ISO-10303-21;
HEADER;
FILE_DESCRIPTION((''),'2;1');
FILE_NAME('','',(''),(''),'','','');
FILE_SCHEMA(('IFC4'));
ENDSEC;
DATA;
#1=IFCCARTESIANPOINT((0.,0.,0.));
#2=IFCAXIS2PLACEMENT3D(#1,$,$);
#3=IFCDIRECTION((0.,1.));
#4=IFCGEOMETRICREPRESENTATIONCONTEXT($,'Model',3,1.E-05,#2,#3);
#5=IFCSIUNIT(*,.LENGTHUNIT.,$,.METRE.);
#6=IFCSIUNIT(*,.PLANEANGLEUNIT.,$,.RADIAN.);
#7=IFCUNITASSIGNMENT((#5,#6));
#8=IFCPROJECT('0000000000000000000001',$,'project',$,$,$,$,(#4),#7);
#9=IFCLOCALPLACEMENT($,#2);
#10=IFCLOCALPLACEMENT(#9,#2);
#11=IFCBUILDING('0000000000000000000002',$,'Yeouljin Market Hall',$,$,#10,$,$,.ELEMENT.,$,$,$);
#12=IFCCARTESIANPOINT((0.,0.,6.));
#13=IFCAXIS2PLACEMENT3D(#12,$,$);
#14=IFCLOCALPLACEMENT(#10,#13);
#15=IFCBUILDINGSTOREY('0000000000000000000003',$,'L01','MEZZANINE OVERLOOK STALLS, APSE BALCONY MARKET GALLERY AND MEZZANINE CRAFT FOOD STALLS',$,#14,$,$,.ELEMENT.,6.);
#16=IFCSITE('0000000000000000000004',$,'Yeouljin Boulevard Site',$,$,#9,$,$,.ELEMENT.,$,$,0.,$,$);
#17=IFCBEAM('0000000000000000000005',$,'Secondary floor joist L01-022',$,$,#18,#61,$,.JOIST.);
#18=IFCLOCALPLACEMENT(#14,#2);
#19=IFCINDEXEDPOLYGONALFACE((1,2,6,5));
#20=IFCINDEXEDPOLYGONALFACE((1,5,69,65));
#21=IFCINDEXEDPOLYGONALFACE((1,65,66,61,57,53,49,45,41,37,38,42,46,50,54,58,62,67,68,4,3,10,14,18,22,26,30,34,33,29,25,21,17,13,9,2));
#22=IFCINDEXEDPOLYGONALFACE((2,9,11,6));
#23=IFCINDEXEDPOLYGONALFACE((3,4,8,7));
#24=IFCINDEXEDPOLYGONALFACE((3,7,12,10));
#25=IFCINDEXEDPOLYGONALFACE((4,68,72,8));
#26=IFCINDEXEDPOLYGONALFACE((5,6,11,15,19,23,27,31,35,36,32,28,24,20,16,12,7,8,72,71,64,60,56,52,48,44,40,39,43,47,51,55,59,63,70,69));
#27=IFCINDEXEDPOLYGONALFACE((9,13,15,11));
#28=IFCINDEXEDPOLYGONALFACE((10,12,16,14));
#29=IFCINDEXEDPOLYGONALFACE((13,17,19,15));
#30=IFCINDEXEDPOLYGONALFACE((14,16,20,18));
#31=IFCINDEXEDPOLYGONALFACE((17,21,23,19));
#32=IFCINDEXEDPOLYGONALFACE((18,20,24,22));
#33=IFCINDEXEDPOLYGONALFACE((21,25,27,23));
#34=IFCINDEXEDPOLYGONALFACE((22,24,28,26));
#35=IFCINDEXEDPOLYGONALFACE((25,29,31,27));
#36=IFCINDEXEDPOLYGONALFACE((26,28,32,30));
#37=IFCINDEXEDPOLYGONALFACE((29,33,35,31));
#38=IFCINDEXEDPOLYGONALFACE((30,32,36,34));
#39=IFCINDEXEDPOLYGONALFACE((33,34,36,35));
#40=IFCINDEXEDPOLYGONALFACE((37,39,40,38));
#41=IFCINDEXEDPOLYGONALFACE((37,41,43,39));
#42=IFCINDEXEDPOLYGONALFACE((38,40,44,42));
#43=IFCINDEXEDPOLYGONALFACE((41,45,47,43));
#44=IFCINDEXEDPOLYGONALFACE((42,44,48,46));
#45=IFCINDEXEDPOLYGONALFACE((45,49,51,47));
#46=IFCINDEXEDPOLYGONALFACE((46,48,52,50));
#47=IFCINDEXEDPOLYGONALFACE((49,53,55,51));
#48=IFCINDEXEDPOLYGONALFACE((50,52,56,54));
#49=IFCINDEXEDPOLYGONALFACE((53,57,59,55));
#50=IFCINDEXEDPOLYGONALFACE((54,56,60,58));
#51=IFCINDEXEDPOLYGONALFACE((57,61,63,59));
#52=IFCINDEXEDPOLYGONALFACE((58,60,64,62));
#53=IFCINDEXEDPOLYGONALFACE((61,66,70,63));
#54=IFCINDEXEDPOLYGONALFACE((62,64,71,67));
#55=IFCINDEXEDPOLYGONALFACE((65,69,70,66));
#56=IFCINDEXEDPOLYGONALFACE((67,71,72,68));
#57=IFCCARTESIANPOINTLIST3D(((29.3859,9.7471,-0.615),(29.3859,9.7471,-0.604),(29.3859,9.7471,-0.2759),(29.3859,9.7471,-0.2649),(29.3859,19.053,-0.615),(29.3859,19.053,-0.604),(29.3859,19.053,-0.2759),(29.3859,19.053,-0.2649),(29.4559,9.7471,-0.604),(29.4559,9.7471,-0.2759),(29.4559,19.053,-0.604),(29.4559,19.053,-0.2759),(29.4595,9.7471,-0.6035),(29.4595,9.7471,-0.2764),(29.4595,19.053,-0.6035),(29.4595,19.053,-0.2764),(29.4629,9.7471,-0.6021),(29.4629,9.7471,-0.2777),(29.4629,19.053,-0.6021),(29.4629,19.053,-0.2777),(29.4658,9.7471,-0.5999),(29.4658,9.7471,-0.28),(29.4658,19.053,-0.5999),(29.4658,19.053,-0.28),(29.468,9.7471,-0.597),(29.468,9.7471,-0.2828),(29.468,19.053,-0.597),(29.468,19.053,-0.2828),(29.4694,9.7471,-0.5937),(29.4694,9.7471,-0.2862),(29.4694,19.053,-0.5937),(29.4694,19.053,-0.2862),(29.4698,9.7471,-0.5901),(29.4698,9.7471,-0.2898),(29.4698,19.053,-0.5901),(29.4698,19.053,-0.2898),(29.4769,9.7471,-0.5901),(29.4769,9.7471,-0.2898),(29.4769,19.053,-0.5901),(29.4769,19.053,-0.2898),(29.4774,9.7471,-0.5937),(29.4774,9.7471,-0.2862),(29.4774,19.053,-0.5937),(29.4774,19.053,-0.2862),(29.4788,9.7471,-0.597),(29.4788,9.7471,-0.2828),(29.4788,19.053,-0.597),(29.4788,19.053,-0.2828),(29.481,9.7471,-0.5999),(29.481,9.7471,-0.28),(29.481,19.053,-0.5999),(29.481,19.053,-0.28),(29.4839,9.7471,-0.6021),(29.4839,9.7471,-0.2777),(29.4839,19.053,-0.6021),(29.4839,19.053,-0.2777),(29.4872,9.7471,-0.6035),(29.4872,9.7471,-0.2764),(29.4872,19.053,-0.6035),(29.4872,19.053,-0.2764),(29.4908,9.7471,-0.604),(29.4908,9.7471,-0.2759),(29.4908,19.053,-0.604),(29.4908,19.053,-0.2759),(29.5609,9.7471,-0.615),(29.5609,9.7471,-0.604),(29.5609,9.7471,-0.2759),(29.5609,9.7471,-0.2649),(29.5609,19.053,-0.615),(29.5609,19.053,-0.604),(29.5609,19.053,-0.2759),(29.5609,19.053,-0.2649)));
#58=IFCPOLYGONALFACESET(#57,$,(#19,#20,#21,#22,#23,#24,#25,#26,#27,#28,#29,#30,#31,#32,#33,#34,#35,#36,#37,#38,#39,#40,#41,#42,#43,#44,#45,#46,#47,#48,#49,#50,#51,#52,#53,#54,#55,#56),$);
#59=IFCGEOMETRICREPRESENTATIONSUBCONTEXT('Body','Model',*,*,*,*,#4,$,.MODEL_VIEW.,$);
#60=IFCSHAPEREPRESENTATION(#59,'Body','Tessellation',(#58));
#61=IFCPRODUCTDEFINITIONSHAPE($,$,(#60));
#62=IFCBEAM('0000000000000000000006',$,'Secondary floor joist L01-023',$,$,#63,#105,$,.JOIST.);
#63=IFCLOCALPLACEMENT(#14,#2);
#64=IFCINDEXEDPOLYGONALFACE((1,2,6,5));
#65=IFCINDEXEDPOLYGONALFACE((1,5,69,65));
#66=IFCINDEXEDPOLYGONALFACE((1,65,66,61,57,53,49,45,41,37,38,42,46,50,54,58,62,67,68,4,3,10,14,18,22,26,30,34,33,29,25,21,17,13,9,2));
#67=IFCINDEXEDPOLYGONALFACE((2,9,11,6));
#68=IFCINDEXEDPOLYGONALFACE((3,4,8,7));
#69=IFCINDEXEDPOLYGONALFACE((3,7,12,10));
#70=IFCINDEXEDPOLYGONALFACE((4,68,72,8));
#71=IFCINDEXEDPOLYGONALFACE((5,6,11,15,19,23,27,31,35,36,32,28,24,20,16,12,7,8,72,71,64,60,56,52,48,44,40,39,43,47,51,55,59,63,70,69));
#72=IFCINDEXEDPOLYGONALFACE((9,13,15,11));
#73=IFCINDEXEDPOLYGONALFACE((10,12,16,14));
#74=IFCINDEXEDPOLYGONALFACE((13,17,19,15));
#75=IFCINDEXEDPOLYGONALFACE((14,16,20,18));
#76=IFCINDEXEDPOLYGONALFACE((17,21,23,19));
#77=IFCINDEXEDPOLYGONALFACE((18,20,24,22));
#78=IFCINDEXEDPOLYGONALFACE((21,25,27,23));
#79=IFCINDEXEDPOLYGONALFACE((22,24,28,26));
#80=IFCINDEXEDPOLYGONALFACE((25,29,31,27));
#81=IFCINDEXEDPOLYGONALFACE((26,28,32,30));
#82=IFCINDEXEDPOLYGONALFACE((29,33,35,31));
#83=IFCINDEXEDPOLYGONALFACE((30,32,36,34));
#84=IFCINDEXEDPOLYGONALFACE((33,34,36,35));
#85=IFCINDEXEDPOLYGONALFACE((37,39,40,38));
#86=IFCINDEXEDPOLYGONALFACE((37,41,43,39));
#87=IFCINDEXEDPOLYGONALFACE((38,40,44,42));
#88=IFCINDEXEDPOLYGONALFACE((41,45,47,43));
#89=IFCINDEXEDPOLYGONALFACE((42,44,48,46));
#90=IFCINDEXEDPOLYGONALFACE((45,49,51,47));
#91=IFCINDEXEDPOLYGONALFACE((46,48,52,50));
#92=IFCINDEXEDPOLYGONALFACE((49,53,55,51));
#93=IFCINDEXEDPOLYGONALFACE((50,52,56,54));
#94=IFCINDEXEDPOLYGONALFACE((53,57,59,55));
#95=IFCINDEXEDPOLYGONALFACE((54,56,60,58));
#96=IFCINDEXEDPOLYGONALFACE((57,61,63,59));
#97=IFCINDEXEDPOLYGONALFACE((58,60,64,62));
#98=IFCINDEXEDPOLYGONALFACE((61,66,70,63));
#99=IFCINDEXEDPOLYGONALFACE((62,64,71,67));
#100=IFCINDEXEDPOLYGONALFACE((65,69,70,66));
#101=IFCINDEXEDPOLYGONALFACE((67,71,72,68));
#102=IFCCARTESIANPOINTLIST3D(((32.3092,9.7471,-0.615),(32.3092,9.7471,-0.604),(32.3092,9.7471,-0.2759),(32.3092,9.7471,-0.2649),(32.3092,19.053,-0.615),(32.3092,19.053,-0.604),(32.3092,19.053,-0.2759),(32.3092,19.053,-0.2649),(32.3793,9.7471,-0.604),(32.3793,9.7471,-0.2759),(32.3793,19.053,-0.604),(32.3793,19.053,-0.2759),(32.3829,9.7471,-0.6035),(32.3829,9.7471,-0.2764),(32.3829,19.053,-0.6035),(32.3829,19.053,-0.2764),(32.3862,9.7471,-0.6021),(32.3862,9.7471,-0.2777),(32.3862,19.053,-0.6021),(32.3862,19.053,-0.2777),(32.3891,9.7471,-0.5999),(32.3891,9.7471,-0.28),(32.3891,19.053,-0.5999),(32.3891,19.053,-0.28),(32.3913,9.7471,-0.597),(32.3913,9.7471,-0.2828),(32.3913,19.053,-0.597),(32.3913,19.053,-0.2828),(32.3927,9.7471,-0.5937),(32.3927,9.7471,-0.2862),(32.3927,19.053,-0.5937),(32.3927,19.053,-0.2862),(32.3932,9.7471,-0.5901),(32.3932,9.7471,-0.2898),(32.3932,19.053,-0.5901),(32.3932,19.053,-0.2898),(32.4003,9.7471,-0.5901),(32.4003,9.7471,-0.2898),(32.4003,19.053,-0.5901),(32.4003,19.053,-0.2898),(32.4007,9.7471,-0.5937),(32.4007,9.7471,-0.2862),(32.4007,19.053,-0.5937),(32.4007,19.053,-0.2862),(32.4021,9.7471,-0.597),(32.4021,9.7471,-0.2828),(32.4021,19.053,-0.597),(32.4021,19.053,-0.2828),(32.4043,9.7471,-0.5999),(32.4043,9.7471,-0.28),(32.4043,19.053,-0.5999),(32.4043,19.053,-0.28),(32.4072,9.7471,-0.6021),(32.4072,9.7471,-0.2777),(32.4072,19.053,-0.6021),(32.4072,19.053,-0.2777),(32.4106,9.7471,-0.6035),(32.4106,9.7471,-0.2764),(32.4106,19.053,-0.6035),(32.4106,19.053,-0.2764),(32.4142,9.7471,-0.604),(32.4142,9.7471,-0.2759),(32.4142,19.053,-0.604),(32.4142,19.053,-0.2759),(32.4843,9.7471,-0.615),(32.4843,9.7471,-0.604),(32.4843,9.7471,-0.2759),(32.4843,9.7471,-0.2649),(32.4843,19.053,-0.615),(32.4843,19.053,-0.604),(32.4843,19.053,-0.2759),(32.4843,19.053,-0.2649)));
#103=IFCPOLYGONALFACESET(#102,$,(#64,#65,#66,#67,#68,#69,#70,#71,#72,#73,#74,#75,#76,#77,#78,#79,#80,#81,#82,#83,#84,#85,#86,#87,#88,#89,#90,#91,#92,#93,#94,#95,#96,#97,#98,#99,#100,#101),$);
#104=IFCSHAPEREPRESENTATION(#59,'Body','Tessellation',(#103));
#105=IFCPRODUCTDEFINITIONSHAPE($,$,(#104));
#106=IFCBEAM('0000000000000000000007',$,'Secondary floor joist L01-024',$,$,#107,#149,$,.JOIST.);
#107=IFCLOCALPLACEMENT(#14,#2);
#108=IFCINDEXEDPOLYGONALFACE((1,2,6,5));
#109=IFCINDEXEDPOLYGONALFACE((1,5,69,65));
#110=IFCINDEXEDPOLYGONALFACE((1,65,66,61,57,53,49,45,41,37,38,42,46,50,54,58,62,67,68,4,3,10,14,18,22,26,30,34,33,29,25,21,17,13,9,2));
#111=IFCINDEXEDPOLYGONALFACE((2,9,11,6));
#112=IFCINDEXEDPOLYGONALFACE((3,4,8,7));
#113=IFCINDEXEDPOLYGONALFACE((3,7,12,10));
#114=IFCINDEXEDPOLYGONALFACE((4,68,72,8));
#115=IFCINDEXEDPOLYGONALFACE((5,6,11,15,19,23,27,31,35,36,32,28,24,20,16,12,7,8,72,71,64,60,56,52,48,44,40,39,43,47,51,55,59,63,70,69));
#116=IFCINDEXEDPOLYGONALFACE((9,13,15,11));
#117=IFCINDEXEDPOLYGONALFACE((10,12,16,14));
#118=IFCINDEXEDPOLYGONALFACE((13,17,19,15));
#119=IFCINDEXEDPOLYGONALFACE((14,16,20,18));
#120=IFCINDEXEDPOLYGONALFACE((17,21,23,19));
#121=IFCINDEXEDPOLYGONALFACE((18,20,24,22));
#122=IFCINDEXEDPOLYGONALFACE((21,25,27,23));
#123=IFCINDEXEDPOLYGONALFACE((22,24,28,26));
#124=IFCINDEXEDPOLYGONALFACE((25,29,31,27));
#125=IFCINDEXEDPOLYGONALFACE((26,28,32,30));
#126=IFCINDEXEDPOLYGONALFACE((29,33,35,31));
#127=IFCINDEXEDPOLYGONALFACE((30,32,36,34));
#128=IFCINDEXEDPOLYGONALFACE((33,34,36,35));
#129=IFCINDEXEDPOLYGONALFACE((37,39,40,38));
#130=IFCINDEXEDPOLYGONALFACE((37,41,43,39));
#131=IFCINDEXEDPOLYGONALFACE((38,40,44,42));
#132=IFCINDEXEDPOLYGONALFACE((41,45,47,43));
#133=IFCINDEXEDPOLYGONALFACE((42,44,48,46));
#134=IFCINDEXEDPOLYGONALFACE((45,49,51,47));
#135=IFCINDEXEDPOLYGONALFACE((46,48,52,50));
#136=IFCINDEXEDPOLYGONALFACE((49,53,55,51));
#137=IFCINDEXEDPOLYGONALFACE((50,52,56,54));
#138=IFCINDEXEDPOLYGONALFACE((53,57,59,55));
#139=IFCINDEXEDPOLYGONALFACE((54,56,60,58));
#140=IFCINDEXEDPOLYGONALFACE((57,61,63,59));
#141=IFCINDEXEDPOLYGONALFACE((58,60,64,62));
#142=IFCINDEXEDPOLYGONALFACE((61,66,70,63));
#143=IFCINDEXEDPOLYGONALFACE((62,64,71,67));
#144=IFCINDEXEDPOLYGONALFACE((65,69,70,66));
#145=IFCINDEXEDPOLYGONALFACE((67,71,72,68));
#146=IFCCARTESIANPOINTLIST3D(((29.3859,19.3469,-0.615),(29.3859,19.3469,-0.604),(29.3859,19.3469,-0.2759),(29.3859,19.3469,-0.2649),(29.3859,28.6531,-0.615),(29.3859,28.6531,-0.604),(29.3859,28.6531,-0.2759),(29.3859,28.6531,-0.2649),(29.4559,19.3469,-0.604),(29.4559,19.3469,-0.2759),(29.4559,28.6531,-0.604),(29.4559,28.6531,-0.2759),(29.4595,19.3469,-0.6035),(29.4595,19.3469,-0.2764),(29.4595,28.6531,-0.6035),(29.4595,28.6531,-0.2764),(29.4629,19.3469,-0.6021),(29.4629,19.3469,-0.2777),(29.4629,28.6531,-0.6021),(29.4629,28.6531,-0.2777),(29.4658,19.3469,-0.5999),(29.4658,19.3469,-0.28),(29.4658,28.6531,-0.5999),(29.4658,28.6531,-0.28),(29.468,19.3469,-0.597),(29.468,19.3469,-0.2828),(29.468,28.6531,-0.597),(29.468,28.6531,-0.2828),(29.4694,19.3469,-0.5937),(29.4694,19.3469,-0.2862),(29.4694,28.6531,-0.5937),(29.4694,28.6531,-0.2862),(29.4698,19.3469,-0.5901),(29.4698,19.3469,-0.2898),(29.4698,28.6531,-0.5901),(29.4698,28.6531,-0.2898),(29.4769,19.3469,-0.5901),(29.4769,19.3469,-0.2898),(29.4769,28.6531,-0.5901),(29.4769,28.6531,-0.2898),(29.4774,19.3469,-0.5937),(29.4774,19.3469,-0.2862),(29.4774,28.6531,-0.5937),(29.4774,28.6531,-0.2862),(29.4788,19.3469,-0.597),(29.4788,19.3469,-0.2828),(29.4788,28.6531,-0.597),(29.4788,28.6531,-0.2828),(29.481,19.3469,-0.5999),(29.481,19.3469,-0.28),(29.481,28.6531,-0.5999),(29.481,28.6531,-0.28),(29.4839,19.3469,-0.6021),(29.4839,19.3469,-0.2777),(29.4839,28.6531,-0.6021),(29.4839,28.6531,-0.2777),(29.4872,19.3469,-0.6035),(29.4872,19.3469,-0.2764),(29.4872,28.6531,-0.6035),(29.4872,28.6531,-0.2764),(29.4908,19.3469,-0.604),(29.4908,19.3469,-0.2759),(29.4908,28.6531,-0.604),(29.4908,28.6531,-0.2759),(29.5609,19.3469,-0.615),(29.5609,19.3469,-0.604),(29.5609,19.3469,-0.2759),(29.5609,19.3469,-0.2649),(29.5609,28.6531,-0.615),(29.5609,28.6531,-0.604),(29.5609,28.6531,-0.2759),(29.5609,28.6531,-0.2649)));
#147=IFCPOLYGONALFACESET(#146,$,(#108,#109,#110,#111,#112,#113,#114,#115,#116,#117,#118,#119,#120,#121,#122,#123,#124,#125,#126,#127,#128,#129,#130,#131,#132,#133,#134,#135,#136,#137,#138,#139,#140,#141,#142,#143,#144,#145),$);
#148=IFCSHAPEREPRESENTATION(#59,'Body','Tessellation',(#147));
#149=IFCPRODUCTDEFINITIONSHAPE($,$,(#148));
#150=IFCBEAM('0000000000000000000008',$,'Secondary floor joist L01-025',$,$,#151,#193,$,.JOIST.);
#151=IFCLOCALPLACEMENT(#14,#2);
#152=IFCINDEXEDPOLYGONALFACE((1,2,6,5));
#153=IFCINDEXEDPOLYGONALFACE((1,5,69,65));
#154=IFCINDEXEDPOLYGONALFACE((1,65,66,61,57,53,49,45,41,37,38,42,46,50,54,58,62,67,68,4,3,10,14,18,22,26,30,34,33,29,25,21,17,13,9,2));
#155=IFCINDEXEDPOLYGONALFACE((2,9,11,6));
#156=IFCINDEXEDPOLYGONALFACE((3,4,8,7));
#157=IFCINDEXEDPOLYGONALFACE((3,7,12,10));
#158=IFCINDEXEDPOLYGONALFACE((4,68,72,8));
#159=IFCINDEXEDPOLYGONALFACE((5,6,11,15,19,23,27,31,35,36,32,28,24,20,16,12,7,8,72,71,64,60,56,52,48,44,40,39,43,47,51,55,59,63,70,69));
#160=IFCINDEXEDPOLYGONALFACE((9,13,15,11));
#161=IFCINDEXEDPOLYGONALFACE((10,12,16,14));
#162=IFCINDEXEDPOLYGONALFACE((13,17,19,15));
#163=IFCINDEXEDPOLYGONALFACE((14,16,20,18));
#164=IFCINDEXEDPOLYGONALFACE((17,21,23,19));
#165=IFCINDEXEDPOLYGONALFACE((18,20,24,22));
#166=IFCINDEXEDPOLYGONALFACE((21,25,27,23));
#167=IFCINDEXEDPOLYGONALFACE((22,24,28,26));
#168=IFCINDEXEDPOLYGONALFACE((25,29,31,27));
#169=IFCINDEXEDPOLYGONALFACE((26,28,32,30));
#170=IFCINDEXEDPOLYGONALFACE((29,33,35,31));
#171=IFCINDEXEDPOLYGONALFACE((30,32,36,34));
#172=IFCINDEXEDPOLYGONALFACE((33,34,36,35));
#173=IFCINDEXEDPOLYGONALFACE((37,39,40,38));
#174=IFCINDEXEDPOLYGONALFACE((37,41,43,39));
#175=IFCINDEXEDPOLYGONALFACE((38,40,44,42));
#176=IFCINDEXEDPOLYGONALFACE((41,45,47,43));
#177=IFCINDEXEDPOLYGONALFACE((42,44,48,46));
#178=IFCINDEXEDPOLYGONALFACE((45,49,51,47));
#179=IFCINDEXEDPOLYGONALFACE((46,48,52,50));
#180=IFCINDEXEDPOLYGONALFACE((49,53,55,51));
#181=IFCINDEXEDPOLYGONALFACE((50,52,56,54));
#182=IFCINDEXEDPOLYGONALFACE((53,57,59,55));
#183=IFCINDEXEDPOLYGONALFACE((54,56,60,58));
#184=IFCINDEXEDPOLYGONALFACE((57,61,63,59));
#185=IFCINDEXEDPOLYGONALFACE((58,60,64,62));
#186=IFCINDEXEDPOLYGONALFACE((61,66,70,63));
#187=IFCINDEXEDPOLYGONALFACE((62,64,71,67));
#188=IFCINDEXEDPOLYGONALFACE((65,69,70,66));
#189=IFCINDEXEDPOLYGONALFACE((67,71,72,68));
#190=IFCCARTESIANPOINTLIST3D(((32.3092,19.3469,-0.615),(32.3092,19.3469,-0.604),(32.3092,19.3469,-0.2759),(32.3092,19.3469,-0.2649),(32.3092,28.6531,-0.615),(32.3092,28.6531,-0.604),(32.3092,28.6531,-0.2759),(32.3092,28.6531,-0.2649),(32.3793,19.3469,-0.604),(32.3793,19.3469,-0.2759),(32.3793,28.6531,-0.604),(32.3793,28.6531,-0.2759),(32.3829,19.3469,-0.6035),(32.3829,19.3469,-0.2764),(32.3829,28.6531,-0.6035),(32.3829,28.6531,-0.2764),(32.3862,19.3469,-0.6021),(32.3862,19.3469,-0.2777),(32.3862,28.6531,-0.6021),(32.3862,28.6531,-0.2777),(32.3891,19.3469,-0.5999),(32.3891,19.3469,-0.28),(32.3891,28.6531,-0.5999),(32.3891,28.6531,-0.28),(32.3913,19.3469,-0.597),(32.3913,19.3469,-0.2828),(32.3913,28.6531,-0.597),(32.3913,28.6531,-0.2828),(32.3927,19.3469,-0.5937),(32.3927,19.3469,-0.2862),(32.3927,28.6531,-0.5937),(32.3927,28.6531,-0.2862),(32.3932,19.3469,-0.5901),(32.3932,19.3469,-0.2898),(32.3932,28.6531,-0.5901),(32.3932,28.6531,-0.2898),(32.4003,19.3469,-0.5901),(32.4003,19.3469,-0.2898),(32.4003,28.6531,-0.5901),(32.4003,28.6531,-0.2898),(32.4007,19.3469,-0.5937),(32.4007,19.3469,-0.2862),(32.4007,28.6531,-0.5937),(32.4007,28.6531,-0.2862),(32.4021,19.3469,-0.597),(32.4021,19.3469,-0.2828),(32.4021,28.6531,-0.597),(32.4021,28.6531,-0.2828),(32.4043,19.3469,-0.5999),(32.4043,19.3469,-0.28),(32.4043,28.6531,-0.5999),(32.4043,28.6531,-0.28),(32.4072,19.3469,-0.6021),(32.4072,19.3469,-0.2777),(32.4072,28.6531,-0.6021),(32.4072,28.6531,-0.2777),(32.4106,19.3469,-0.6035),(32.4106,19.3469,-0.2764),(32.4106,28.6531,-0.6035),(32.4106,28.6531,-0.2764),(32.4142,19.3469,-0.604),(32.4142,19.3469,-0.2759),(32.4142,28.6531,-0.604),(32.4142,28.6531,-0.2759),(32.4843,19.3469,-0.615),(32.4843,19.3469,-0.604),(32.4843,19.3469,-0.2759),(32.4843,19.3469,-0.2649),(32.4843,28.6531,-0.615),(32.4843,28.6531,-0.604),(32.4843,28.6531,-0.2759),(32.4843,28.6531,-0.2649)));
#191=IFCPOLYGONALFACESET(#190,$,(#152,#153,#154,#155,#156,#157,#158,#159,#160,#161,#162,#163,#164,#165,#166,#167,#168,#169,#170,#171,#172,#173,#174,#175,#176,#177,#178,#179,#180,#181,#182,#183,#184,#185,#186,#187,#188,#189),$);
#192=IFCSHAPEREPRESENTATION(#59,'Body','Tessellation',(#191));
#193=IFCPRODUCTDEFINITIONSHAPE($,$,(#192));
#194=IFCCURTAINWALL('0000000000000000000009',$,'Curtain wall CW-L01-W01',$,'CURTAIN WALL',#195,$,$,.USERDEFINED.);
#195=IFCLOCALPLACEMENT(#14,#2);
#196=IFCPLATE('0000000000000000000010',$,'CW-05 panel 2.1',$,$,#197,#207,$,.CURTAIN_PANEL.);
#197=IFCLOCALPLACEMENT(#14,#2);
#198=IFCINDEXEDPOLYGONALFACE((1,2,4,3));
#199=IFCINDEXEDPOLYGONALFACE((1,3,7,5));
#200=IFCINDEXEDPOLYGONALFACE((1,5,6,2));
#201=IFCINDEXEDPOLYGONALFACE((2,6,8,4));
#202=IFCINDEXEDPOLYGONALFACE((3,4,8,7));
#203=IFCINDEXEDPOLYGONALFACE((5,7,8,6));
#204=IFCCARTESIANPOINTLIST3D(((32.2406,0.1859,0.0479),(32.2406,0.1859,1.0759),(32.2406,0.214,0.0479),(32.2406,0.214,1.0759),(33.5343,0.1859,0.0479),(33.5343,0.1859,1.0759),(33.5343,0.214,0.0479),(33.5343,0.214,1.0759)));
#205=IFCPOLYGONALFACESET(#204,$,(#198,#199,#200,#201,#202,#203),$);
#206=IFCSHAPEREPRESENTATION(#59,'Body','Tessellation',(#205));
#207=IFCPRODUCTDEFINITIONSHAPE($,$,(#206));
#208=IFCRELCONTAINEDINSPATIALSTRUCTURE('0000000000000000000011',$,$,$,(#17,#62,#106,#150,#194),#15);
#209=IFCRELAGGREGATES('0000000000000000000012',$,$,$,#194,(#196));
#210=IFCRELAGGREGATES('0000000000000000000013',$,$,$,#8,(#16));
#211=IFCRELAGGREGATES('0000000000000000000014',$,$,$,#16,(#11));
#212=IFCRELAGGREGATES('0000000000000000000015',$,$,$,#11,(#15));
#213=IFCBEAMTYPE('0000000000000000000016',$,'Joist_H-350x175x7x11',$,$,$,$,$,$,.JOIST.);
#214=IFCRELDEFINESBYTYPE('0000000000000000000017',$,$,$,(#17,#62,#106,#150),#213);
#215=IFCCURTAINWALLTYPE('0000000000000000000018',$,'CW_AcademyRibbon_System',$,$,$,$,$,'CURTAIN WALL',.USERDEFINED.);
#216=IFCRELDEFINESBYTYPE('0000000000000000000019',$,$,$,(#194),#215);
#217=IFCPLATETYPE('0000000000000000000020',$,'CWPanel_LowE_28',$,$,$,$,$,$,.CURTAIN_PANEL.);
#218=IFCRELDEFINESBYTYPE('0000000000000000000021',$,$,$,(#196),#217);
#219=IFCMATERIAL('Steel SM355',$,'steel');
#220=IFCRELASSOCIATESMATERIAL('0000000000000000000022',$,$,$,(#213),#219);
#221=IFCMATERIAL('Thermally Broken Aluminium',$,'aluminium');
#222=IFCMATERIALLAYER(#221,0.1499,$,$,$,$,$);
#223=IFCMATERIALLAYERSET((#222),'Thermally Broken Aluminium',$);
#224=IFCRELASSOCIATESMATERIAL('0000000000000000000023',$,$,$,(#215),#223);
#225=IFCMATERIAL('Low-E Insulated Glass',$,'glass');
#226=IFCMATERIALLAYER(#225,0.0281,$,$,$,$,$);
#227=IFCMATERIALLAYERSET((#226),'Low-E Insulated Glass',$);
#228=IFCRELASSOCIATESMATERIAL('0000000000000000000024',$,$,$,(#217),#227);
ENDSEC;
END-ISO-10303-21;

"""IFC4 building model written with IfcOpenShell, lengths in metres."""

from ifc_helpers import new_model, si_unit, direction, frame, origin, origin_2d, place, context, subcontext, project, spatial, rectangle, i_section, extrude, material, layer, layer_set, material_profile, profile_set, type_object, element, aggregate, save


model = new_model("IFC4")

# Units and contexts
model_context = context("Model", 3, precision=1e-05, world=origin(), true_north=direction((0.0, 1.0)))
body_context = subcontext(model_context, "Body", "Model", "MODEL_VIEW")
ifc_project = project(units=[si_unit("LENGTHUNIT", "METRE"), si_unit("PLANEANGLEUNIT", "RADIAN")], contexts=[model_context])

# Site, building, storey
site_placement = place(None, origin())
site = spatial("IfcSite", under=ifc_project, at=site_placement, Name="Yeouljin Boulevard Site", CompositionType="ELEMENT", RefElevation=0.0)
building_placement = place(site_placement, origin())
building = spatial("IfcBuilding", under=site, at=building_placement, Name="Yeouljin Market Hall", CompositionType="ELEMENT")
storey_placement = place(building_placement, frame((0.0, 0.0, 6.0)))
storey = spatial("IfcBuildingStorey", under=building, at=storey_placement, Name="L01", Description="MEZZANINE OVERLOOK STALLS, APSE BALCONY MARKET GALLERY AND MEZZANINE CRAFT FOOD STALLS", CompositionType="ELEMENT", Elevation=6.0)

# Beams
ifc_material_1 = material(Name="Steel SM355", Category="steel")
ifc_material_profile_1 = material_profile(ifc_material_1, i_section(OverallWidth=0.175, OverallDepth=0.3501, WebThickness=0.0071, FlangeThickness=0.011, FilletRadius=0.0139, at=origin_2d()), Name="H-350x175x7x11")
ifc_profile_set_1 = profile_set([ifc_material_profile_1], Name="Steel SM355")
beam_type_1 = type_object("IfcBeamType", Name="Joist_H-350x175x7x11", PredefinedType="JOIST", material=ifc_profile_set_1)
for number, where, z_axis, x_axis, name in (
    (1, (29.4734, 9.7471, -0.4399), (0.0, 1.0, 0.0), (-1.0, 0.0, 0.0), "Secondary floor joist L01-022"),
    (2, (32.3967, 9.7471, -0.4399), (0.0, 1.0, 0.0), (-1.0, 0.0, 0.0), "Secondary floor joist L01-023"),
):
    element("IfcBeam", number, at=place(storey_placement, frame(where, z_axis=z_axis, x_axis=x_axis)), inside=storey, type_object=beam_type_1, Name=name, PredefinedType="JOIST", context=body_context, shape_type="SweptSolid", body=[
        extrude(i_section(OverallWidth=0.175, OverallDepth=0.3501, WebThickness=0.0071, FlangeThickness=0.011, FilletRadius=0.0139, at=origin_2d()), origin(), (0.0, 0.0, 1.0), 9.3059),
    ])
for number, where, z_axis, x_axis, name in (
    (3, (29.4734, 19.3469, -0.4399), (0.0, 1.0, 0.0), (-1.0, 0.0, 0.0), "Secondary floor joist L01-024"),
    (4, (32.3967, 19.3469, -0.4399), (0.0, 1.0, 0.0), (-1.0, 0.0, 0.0), "Secondary floor joist L01-025"),
):
    element("IfcBeam", number, at=place(storey_placement, frame(where, z_axis=z_axis, x_axis=x_axis)), inside=storey, type_object=beam_type_1, Name=name, PredefinedType="JOIST", context=body_context, shape_type="SweptSolid", body=[
        extrude(i_section(OverallWidth=0.175, OverallDepth=0.3501, WebThickness=0.0071, FlangeThickness=0.011, FilletRadius=0.0139, at=origin_2d()), origin(), (0.0, 0.0, 1.0), 9.3062),
    ])

# Curtain wall, plate
ifc_material_2 = material(Name="Thermally Broken Aluminium", Category="aluminium")
ifc_layer_1 = layer(ifc_material_2, 0.1499)
ifc_layer_set_1 = layer_set([ifc_layer_1], Name="Thermally Broken Aluminium")
curtain_wall_type = type_object("IfcCurtainWallType", Name="CW_AcademyRibbon_System", ElementType="CURTAIN WALL", PredefinedType="USERDEFINED", material=ifc_layer_set_1)
curtain_wall_placement = place(storey_placement, origin())
curtain_wall = element("IfcCurtainWall", 5, at=curtain_wall_placement, inside=storey, type_object=curtain_wall_type, Name="Curtain wall CW-L01-W01", ObjectType="CURTAIN WALL", PredefinedType="USERDEFINED")
ifc_material_3 = material(Name="Low-E Insulated Glass", Category="glass")
ifc_layer_2 = layer(ifc_material_3, 0.0281)
ifc_layer_set_2 = layer_set([ifc_layer_2], Name="Low-E Insulated Glass")
plate_type = type_object("IfcPlateType", Name="CWPanel_LowE_28", PredefinedType="CURTAIN_PANEL", material=ifc_layer_set_2)
plate_1_placement = place(storey_placement, frame((32.8875, 0.2, 0.0479), z_axis=(0.0, 0.0, 1.0), x_axis=(-1.0, 0.0, 0.0)))
plate_1 = element("IfcPlate", 6, at=plate_1_placement, type_object=plate_type, Name="CW-05 panel 2.1", PredefinedType="CURTAIN_PANEL", context=body_context, shape_type="SweptSolid", body=[
    extrude(rectangle(XDim=1.2937, YDim=0.0281, at=origin_2d()), origin(), (0.0, 0.0, 1.0), 1.0281),
])
aggregate(curtain_wall, [plate_1])

save(model, "model.ifc")
